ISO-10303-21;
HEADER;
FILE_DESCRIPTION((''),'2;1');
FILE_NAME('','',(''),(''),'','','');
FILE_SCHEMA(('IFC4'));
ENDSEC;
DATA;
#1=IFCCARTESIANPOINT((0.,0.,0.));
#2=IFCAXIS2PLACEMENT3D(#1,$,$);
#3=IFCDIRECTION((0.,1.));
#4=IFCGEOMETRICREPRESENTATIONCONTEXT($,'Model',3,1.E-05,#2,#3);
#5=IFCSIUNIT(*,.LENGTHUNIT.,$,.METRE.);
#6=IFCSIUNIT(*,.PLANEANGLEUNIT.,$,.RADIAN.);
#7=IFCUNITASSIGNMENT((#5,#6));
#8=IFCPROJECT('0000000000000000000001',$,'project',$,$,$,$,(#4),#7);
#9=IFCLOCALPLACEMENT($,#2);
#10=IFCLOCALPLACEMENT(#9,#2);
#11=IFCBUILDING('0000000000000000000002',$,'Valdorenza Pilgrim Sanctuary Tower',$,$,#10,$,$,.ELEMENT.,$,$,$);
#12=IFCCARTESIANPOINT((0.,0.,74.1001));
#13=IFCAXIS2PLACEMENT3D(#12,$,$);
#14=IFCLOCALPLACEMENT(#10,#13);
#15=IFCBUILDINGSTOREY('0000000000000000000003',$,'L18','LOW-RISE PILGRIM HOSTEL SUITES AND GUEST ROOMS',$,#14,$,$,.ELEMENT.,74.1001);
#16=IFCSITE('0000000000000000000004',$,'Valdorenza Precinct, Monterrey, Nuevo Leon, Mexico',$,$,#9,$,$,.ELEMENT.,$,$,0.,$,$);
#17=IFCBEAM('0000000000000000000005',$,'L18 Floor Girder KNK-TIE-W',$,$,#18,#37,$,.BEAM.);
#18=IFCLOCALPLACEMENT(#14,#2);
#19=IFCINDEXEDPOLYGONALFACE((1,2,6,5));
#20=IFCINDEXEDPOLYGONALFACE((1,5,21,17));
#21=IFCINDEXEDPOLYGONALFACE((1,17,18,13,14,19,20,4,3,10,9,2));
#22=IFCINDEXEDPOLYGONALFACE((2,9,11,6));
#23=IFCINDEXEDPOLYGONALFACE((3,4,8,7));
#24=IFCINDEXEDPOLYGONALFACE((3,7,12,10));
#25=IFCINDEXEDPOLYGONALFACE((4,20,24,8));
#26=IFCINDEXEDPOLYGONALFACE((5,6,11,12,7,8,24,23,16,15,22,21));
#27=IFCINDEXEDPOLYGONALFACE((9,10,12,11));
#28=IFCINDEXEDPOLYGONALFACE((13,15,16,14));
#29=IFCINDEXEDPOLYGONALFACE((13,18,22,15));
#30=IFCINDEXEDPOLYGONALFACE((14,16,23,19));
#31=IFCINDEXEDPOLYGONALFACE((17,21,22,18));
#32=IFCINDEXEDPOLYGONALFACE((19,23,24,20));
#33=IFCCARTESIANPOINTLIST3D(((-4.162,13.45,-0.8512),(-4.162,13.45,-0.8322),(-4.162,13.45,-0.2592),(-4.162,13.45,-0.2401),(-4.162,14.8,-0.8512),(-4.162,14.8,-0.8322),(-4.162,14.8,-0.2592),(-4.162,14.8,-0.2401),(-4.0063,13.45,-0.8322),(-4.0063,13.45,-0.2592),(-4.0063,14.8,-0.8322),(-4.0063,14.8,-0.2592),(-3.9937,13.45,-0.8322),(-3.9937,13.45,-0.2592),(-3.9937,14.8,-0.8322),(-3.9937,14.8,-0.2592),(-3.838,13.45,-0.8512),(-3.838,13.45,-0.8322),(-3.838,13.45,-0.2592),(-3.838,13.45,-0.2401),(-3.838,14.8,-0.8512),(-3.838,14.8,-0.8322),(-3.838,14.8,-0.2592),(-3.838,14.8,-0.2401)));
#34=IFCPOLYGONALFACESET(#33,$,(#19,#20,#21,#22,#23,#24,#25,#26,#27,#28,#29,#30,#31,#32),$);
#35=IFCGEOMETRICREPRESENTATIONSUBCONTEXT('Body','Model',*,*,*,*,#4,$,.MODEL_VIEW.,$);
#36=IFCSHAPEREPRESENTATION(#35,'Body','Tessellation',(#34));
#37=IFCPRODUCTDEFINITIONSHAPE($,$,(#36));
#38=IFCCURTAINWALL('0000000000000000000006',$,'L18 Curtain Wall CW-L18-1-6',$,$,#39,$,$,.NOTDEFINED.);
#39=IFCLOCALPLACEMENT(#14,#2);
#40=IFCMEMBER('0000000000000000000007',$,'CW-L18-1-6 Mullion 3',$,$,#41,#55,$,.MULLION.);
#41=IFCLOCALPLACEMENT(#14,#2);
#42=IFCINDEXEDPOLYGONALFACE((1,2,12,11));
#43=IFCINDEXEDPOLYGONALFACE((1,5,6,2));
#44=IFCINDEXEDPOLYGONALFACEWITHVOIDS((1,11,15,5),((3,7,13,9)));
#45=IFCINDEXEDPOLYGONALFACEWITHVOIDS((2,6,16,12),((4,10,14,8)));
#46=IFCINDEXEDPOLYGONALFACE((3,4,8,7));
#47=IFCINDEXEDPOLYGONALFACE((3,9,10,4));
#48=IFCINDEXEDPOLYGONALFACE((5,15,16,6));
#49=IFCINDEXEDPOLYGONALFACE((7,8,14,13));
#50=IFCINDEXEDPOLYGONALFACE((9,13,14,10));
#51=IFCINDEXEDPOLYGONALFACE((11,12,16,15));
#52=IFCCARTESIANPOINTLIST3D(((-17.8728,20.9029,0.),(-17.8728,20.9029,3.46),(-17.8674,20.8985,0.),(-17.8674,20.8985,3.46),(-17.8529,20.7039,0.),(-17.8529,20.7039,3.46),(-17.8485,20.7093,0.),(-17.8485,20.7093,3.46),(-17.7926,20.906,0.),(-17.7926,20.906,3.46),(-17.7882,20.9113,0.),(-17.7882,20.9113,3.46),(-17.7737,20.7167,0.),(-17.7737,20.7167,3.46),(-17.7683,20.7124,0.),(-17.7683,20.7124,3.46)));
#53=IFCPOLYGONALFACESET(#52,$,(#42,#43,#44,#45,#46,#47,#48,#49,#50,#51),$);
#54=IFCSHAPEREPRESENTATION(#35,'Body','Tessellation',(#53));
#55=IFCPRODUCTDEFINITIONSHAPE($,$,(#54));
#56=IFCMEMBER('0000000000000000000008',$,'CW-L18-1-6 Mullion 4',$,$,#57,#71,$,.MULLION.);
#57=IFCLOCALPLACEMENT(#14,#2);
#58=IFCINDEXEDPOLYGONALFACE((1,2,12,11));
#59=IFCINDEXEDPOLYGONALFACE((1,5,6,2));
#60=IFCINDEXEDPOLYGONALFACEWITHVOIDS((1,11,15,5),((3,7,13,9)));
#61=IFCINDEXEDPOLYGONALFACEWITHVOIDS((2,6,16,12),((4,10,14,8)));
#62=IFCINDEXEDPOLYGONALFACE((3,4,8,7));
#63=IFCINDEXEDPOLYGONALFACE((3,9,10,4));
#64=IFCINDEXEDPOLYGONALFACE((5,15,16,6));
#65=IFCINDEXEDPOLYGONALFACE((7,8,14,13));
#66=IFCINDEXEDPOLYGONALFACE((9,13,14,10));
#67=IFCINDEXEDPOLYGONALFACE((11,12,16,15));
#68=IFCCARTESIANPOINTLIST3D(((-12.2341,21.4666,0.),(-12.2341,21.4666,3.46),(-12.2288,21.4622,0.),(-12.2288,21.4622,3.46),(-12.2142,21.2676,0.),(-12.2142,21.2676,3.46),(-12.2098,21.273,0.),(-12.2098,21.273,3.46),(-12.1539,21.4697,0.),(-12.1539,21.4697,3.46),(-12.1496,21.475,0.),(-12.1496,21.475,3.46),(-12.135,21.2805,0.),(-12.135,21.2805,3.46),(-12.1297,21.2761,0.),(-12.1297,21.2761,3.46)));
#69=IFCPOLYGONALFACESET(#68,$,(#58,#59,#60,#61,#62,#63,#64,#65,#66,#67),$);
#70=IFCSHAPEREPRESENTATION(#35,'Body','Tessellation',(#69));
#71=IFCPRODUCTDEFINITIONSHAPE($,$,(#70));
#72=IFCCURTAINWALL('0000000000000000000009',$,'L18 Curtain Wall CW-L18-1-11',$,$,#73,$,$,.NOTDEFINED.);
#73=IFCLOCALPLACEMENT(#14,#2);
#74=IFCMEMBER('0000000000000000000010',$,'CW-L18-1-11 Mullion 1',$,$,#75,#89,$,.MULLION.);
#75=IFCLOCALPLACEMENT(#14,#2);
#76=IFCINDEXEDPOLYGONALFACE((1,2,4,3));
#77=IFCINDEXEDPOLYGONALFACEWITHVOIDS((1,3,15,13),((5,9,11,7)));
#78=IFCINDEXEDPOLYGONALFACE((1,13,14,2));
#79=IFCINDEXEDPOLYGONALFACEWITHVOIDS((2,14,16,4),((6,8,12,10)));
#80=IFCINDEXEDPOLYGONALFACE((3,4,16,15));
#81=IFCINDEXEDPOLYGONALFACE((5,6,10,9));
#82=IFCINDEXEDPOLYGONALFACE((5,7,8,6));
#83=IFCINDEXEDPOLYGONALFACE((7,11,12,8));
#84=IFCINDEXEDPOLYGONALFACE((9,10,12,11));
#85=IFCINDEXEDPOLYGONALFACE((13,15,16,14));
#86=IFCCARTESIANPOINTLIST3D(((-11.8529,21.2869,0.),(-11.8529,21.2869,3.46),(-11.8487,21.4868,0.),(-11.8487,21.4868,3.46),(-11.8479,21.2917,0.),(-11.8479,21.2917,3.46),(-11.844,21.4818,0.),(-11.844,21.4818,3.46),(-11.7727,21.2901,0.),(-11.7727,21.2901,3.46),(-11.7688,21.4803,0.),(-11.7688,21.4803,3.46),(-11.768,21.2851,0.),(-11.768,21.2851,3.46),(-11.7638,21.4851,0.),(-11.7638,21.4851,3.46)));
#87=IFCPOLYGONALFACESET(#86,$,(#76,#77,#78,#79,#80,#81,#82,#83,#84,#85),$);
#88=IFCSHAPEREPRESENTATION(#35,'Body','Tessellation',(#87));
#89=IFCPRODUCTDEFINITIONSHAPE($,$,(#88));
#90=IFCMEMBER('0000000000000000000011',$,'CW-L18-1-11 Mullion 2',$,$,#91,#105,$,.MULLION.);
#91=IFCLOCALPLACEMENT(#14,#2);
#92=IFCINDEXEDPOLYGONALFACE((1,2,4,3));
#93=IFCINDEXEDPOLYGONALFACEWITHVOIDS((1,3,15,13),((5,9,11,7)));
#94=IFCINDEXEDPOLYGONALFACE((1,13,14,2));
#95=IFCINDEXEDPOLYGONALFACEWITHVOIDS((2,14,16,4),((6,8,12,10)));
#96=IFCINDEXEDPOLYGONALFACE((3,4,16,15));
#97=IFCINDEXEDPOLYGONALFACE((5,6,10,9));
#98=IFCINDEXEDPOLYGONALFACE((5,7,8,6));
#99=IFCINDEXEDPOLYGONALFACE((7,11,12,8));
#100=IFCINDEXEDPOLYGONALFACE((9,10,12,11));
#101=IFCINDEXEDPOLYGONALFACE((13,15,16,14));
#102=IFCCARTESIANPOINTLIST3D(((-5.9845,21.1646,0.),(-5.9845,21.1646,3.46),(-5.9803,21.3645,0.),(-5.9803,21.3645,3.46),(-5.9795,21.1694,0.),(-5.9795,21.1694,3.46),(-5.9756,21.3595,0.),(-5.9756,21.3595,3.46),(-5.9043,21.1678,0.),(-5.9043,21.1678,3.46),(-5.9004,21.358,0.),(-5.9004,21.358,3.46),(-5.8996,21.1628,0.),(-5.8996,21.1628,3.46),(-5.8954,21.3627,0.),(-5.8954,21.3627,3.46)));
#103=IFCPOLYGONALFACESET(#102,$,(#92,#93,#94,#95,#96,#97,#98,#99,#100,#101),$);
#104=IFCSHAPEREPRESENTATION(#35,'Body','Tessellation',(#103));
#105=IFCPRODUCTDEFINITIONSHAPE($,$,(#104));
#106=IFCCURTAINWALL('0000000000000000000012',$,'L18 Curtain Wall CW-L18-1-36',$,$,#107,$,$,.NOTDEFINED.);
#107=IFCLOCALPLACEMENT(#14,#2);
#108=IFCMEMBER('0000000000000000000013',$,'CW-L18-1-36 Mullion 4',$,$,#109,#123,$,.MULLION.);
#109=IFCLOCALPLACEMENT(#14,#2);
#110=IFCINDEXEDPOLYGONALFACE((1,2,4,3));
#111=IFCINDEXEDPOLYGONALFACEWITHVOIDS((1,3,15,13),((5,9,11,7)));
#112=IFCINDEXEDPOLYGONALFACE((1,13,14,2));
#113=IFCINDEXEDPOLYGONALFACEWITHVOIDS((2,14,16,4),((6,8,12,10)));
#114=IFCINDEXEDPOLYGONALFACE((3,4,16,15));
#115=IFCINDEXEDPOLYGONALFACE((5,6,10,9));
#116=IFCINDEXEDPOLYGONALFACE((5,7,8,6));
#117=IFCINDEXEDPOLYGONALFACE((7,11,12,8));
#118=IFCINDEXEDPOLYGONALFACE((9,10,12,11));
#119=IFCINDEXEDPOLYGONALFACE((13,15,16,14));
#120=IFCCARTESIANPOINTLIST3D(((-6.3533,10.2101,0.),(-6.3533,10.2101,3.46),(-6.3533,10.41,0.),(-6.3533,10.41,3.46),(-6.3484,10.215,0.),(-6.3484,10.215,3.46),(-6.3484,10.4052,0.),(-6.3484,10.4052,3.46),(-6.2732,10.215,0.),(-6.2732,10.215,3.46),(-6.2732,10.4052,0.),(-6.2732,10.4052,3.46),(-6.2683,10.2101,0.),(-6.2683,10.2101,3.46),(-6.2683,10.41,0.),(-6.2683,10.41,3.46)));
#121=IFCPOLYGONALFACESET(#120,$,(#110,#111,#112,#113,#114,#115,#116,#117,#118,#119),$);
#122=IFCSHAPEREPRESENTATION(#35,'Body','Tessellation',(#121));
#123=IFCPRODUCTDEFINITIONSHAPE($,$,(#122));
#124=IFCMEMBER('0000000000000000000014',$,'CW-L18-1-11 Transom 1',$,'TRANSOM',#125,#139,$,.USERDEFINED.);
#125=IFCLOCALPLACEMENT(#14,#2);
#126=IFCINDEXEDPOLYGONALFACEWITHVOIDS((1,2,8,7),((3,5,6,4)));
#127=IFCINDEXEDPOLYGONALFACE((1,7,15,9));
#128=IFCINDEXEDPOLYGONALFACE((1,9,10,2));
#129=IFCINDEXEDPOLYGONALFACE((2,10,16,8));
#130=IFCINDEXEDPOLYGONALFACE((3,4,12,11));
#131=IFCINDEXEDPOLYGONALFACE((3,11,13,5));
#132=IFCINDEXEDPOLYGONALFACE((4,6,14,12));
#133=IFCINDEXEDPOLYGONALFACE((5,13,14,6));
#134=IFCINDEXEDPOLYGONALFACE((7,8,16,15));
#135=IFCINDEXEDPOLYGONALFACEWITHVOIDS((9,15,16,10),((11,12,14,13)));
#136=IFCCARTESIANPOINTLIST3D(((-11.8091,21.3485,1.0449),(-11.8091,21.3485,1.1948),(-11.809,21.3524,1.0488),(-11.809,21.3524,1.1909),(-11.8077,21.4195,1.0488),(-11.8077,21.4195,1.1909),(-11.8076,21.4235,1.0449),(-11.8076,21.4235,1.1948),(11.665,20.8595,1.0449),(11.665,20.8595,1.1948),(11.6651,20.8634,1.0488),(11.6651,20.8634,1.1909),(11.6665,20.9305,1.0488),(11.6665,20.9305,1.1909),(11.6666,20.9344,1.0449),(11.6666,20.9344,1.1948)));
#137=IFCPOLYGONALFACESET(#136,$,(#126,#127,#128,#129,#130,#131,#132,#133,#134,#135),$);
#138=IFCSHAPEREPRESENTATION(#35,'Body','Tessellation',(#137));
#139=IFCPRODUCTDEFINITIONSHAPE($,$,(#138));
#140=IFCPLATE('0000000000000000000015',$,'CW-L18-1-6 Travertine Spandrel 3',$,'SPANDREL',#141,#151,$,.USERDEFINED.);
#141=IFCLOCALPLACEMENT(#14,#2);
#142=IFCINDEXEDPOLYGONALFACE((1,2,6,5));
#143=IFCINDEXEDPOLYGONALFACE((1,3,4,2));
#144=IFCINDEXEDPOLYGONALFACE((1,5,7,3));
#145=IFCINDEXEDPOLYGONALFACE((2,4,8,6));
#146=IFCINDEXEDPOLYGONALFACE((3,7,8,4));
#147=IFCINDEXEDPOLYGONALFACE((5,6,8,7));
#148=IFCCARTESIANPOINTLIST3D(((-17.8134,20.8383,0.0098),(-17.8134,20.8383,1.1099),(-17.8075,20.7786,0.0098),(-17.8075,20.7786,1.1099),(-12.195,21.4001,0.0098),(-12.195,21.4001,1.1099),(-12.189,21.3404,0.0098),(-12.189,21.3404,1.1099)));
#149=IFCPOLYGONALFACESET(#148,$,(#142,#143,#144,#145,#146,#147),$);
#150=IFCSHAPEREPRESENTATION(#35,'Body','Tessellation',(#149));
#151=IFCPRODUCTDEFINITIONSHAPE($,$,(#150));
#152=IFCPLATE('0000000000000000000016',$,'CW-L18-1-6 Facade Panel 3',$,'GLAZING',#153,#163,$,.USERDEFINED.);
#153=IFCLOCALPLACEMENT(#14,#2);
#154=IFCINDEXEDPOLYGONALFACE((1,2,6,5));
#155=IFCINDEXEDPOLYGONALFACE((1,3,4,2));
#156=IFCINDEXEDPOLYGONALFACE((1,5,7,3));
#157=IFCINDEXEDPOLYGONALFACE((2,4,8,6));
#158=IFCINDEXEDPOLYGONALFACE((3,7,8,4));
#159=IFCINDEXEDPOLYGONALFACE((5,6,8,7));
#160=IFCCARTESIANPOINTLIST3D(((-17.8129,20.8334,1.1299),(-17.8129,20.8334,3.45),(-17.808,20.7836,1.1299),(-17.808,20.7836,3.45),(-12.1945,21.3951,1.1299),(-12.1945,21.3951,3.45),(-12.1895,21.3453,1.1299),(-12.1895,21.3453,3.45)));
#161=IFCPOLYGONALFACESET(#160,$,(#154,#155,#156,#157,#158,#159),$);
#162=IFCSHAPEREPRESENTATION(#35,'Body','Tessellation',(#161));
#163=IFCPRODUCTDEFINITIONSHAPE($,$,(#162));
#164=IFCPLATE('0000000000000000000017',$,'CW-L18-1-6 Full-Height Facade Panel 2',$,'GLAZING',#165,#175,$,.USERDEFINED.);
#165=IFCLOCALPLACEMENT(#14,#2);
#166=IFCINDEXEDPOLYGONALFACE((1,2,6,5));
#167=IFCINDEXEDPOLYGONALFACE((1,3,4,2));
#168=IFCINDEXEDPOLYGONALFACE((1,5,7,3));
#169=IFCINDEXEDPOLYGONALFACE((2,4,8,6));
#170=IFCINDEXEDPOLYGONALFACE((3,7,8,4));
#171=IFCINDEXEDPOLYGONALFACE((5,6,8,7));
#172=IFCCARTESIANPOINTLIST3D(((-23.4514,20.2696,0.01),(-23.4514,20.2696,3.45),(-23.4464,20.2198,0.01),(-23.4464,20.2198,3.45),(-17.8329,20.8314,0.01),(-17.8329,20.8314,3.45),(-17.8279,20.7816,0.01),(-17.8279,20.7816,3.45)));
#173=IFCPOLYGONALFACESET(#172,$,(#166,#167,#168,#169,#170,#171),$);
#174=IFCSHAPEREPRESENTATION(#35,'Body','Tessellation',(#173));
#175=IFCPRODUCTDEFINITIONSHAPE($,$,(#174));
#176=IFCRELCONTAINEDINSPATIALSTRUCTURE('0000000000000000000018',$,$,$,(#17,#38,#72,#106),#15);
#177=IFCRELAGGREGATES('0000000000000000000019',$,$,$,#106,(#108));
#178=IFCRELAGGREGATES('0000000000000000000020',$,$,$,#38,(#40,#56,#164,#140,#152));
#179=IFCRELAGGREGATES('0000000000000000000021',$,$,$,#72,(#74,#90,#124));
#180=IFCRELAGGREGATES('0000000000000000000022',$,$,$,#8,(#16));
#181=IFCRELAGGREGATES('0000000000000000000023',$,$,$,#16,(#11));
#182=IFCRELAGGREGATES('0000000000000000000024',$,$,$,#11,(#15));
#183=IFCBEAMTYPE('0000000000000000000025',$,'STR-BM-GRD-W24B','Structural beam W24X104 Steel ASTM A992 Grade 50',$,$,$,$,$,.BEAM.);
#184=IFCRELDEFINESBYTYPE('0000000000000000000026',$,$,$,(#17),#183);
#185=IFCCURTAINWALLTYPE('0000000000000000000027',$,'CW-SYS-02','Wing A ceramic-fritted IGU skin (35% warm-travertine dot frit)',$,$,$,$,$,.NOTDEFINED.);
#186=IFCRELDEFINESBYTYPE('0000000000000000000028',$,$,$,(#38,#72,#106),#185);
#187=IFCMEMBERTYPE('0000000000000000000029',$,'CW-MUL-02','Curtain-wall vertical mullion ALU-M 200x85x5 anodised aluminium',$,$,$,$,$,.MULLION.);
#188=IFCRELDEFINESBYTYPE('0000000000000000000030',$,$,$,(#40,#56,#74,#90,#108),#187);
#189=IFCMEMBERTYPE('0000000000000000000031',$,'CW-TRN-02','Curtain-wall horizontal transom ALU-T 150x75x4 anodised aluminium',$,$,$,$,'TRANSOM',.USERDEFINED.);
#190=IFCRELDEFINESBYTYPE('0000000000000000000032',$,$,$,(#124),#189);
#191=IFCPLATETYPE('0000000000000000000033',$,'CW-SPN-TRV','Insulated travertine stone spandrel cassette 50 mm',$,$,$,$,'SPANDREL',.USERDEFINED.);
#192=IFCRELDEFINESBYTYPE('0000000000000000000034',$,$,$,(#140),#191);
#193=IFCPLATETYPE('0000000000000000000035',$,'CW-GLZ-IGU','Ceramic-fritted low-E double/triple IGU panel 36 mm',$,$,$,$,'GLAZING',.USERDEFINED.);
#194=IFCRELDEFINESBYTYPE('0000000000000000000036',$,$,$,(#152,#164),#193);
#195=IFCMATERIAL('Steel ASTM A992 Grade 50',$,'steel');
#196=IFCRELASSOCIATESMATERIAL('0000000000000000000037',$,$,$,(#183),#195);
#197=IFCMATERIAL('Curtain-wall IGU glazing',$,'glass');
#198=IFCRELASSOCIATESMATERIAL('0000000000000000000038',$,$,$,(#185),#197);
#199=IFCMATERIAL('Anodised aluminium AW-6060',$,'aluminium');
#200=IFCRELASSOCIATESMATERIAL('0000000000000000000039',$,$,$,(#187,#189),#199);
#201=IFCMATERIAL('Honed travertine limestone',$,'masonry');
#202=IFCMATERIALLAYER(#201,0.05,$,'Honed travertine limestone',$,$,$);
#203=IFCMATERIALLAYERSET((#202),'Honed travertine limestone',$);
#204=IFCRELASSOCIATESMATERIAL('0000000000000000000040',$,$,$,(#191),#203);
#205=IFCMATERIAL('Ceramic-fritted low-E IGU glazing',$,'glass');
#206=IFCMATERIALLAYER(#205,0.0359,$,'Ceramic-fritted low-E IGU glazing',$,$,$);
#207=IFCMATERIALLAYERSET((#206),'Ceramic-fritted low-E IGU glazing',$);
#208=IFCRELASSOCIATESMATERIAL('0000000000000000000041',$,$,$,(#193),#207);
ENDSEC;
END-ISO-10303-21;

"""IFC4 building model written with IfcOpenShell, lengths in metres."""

from ifc_helpers import new_model, si_unit, direction, frame, origin, origin_2d, place, context, subcontext, project, spatial, rectangle, hollow_rectangle, i_section, extrude, source, transform, mapped, material, layer, layer_set, material_profile, profile_set, type_object, element, aggregate, save


model = new_model("IFC4")

# Units and contexts
model_context = context("Model", 3, precision=1e-05, world=origin(), true_north=direction((0.0, 1.0)))
body_context = subcontext(model_context, "Body", "Model", "MODEL_VIEW")
ifc_project = project(units=[si_unit("LENGTHUNIT", "METRE"), si_unit("PLANEANGLEUNIT", "RADIAN")], contexts=[model_context])

# Site, building, storey
site_placement = place(None, origin())
site = spatial("IfcSite", under=ifc_project, at=site_placement, Name="Valdorenza Precinct, Monterrey, Nuevo Leon, Mexico", CompositionType="ELEMENT", RefElevation=0.0)
building_placement = place(site_placement, origin())
building = spatial("IfcBuilding", under=site, at=building_placement, Name="Valdorenza Pilgrim Sanctuary Tower", CompositionType="ELEMENT")
storey_placement = place(building_placement, frame((0.0, 0.0, 74.1001)))
storey = spatial("IfcBuildingStorey", under=building, at=storey_placement, Name="L18", Description="LOW-RISE PILGRIM HOSTEL SUITES AND GUEST ROOMS", CompositionType="ELEMENT", Elevation=74.1001)

# Shared definitions
ifc_material_1 = material(Name="Steel ASTM A992 Grade 50", Category="steel")

# Beam
ifc_material_profile_1 = material_profile(ifc_material_1, i_section(OverallWidth=0.324, OverallDepth=0.6111, WebThickness=0.0127, FlangeThickness=0.019, at=origin_2d()), Name="W24X104")
ifc_profile_set_1 = profile_set([ifc_material_profile_1], Name="Steel ASTM A992 Grade 50")
beam_type_1 = type_object("IfcBeamType", Name="STR-BM-GRD-W24B", Description="Structural beam W24X104 Steel ASTM A992 Grade 50", PredefinedType="BEAM", material=ifc_profile_set_1)
shared_shape_1 = source(origin(), body_context, "Body", "SweptSolid", [
    extrude(i_section(OverallWidth=0.324, OverallDepth=0.6111, WebThickness=0.0127, FlangeThickness=0.019, at=origin_2d()), origin(), (0.0, 0.0, 1.0), 1.3501),
])
beam_1_placement = place(storey_placement, frame((-4.0, 13.45, -0.5457), z_axis=(0.0, 1.0, 0.0), x_axis=(-1.0, 0.0, 0.0)))
element("IfcBeam", 1, at=beam_1_placement, inside=storey, type_object=beam_type_1, Name="L18 Floor Girder KNK-TIE-W", PredefinedType="BEAM", context=body_context, shape_type="MappedRepresentation", body=[
    mapped(shared_shape_1, transform((0.0, 0.0, 0.0), x_axis=(1.0, 0.0, 0.0), y_axis=(0.0, 1.0, 0.0), z_axis=(0.0, 0.0, 1.0), scale=1.0)),
])

# Curtain walls, members
ifc_material_2 = material(Name="Curtain-wall IGU glazing", Category="glass")
curtain_wall_type = type_object("IfcCurtainWallType", Name="CW-SYS-02", Description="Wing A ceramic-fritted IGU skin (35% warm-travertine dot frit)", PredefinedType="NOTDEFINED", material=ifc_material_2)
curtain_wall_1_placement = place(storey_placement, origin())
curtain_wall_1 = element("IfcCurtainWall", 2, at=curtain_wall_1_placement, inside=storey, type_object=curtain_wall_type, Name="L18 Curtain Wall CW-L18-1-6", PredefinedType="NOTDEFINED")
ifc_material_3 = material(Name="Anodised aluminium AW-6060", Category="aluminium")
ifc_material_profile_2 = material_profile(ifc_material_3, hollow_rectangle(XDim=0.085, YDim=0.2, WallThickness=0.0049, at=origin_2d()), Name="ALU-M 200x85x5")
ifc_profile_set_2 = profile_set([ifc_material_profile_2], Name="Anodised aluminium AW-6060")
member_type_1 = type_object("IfcMemberType", Name="CW-MUL-02", Description="Curtain-wall vertical mullion ALU-M 200x85x5 anodised aluminium", PredefinedType="MULLION", material=ifc_profile_set_2)
shared_shape_2 = source(origin(), body_context, "Body", "SweptSolid", [
    extrude(hollow_rectangle(XDim=0.085, YDim=0.2, WallThickness=0.0049, at=origin_2d()), origin(), (0.0, 0.0, 1.0), 3.46),
])
member_1_placement = place(storey_placement, frame((-17.8206, 20.8076, 0.0), z_axis=(0.0, 0.0, 1.0), x_axis=(0.995038, 0.099493, 0.0)))
member_1 = element("IfcMember", 3, at=member_1_placement, type_object=member_type_1, Name="CW-L18-1-6 Mullion 3", PredefinedType="MULLION", context=body_context, shape_type="MappedRepresentation", body=[
    mapped(shared_shape_2, transform((0.0, 0.0, 0.0), x_axis=(1.0, 0.0, 0.0), y_axis=(0.0, 1.0, 0.0), z_axis=(0.0, 0.0, 1.0), scale=1.0)),
])
member_2_placement = place(storey_placement, frame((-12.1819, 21.3713, 0.0), z_axis=(0.0, 0.0, 1.0), x_axis=(0.995038, 0.099493, 0.0)))
member_2 = element("IfcMember", 4, at=member_2_placement, type_object=member_type_1, Name="CW-L18-1-6 Mullion 4", PredefinedType="MULLION", context=body_context, shape_type="MappedRepresentation", body=[
    mapped(shared_shape_2, transform((0.0, 0.0, 0.0), x_axis=(1.0, 0.0, 0.0), y_axis=(0.0, 1.0, 0.0), z_axis=(0.0, 0.0, 1.0), scale=1.0)),
])
curtain_wall_2_placement = place(storey_placement, origin())
curtain_wall_2 = element("IfcCurtainWall", 5, at=curtain_wall_2_placement, inside=storey, type_object=curtain_wall_type, Name="L18 Curtain Wall CW-L18-1-11", PredefinedType="NOTDEFINED")
member_3_placement = place(storey_placement, frame((-11.8083, 21.386, 0.0), z_axis=(0.0, 0.0, 1.0), x_axis=(0.999783, -0.02082, 0.0)))
member_3 = element("IfcMember", 6, at=member_3_placement, type_object=member_type_1, Name="CW-L18-1-11 Mullion 1", PredefinedType="MULLION", context=body_context, shape_type="MappedRepresentation", body=[
    mapped(shared_shape_2, transform((0.0, 0.0, 0.0), x_axis=(1.0, 0.0, 0.0), y_axis=(0.0, 1.0, 0.0), z_axis=(0.0, 0.0, 1.0), scale=1.0)),
])
member_4_placement = place(storey_placement, frame((-5.9399, 21.2637, 0.0), z_axis=(0.0, 0.0, 1.0), x_axis=(0.999783, -0.02082, 0.0)))
member_4 = element("IfcMember", 7, at=member_4_placement, type_object=member_type_1, Name="CW-L18-1-11 Mullion 2", PredefinedType="MULLION", context=body_context, shape_type="MappedRepresentation", body=[
    mapped(shared_shape_2, transform((0.0, 0.0, 0.0), x_axis=(1.0, 0.0, 0.0), y_axis=(0.0, 1.0, 0.0), z_axis=(0.0, 0.0, 1.0), scale=1.0)),
])

# Curtain wall, member
curtain_wall_3_placement = place(storey_placement, origin())
curtain_wall_3 = element("IfcCurtainWall", 8, at=curtain_wall_3_placement, inside=storey, type_object=curtain_wall_type, Name="L18 Curtain Wall CW-L18-1-36", PredefinedType="NOTDEFINED")
member_5_placement = place(storey_placement, frame((-6.3108, 10.3101, 0.0), z_axis=(0.0, 0.0, 1.0), x_axis=(-1.0, 0.0, 0.0)))
member_5 = element("IfcMember", 9, at=member_5_placement, type_object=member_type_1, Name="CW-L18-1-36 Mullion 4", PredefinedType="MULLION", context=body_context, shape_type="MappedRepresentation", body=[
    mapped(shared_shape_2, transform((0.0, 0.0, 0.0), x_axis=(1.0, 0.0, 0.0), y_axis=(0.0, 1.0, 0.0), z_axis=(0.0, 0.0, 1.0), scale=1.0)),
])
aggregate(curtain_wall_3, [member_5])

# Member
ifc_material_profile_3 = material_profile(ifc_material_3, hollow_rectangle(XDim=0.075, YDim=0.1499, WallThickness=0.0039, at=origin_2d()), Name="ALU-T 150x75x4")
ifc_profile_set_3 = profile_set([ifc_material_profile_3], Name="Anodised aluminium AW-6060")
member_type_2 = type_object("IfcMemberType", Name="CW-TRN-02", Description="Curtain-wall horizontal transom ALU-T 150x75x4 anodised aluminium", ElementType="TRANSOM", PredefinedType="USERDEFINED", material=ifc_profile_set_3)
shared_shape_3 = source(origin(), body_context, "Body", "SweptSolid", [
    extrude(hollow_rectangle(XDim=0.075, YDim=0.1499, WallThickness=0.0039, at=origin_2d()), origin(), (0.0, 0.0, 1.0), 23.4792),
])
member_6_placement = place(storey_placement, frame((-11.8083, 21.386, 1.1199), z_axis=(0.999783, -0.020828, 0.0), x_axis=(0.020828, 0.999783, 0.0)))
member_6 = element("IfcMember", 10, at=member_6_placement, type_object=member_type_2, Name="CW-L18-1-11 Transom 1", ObjectType="TRANSOM", PredefinedType="USERDEFINED", context=body_context, shape_type="MappedRepresentation", body=[
    mapped(shared_shape_3, transform((0.0, 0.0, 0.0), x_axis=(1.0, 0.0, 0.0), y_axis=(0.0, 1.0, 0.0), z_axis=(0.0, 0.0, 1.0), scale=1.0)),
])

# Plates
ifc_material_4 = material(Name="Honed travertine limestone", Category="masonry")
ifc_layer_1 = layer(ifc_material_4, 0.05, Name="Honed travertine limestone")
ifc_layer_set_1 = layer_set([ifc_layer_1], Name="Honed travertine limestone")
plate_type_1 = type_object("IfcPlateType", Name="CW-SPN-TRV", Description="Insulated travertine stone spandrel cassette 50 mm", ElementType="SPANDREL", PredefinedType="USERDEFINED", material=ifc_layer_set_1)
shared_shape_4 = source(origin(), body_context, "Body", "SweptSolid", [
    extrude(rectangle(XDim=5.6465, YDim=0.0601, at=origin_2d()), origin(), (0.0, 0.0, 1.0), 1.1001),
])
plate_1_placement = place(storey_placement, frame((-15.0012, 21.0894, 0.0098), z_axis=(0.0, 0.0, 1.0), x_axis=(0.995038, 0.099493, 0.0)))
plate_1 = element("IfcPlate", 11, at=plate_1_placement, type_object=plate_type_1, Name="CW-L18-1-6 Travertine Spandrel 3", ObjectType="SPANDREL", PredefinedType="USERDEFINED", context=body_context, shape_type="MappedRepresentation", body=[
    mapped(shared_shape_4, transform((0.0, 0.0, 0.0), x_axis=(1.0, 0.0, 0.0), y_axis=(0.0, 1.0, 0.0), z_axis=(0.0, 0.0, 1.0), scale=1.0)),
])
ifc_material_5 = material(Name="Ceramic-fritted low-E IGU glazing", Category="glass")
ifc_layer_2 = layer(ifc_material_5, 0.0359, Name="Ceramic-fritted low-E IGU glazing")
ifc_layer_set_2 = layer_set([ifc_layer_2], Name="Ceramic-fritted low-E IGU glazing")
plate_type_2 = type_object("IfcPlateType", Name="CW-GLZ-IGU", Description="Ceramic-fritted low-E double/triple IGU panel 36 mm", ElementType="GLAZING", PredefinedType="USERDEFINED", material=ifc_layer_set_2)
shared_shape_5 = source(origin(), body_context, "Body", "SweptSolid", [
    extrude(rectangle(XDim=5.6465, YDim=0.05, at=origin_2d()), origin(), (0.0, 0.0, 1.0), 2.3201),
])
plate_2_placement = place(storey_placement, frame((-15.0012, 21.0894, 1.1299), z_axis=(0.0, 0.0, 1.0), x_axis=(0.995038, 0.099493, 0.0)))
plate_2 = element("IfcPlate", 12, at=plate_2_placement, type_object=plate_type_2, Name="CW-L18-1-6 Facade Panel 3", ObjectType="GLAZING", PredefinedType="USERDEFINED", context=body_context, shape_type="MappedRepresentation", body=[
    mapped(shared_shape_5, transform((0.0, 0.0, 0.0), x_axis=(1.0, 0.0, 0.0), y_axis=(0.0, 1.0, 0.0), z_axis=(0.0, 0.0, 1.0), scale=1.0)),
])
shared_shape_6 = source(origin(), body_context, "Body", "SweptSolid", [
    extrude(rectangle(XDim=5.6465, YDim=0.05, at=origin_2d()), origin(), (0.0, 0.0, 1.0), 3.4399),
])
plate_3_placement = place(storey_placement, frame((-20.6396, 20.5256, 0.01), z_axis=(0.0, 0.0, 1.0), x_axis=(0.995038, 0.099493, 0.0)))
plate_3 = element("IfcPlate", 13, at=plate_3_placement, type_object=plate_type_2, Name="CW-L18-1-6 Full-Height Facade Panel 2", ObjectType="GLAZING", PredefinedType="USERDEFINED", context=body_context, shape_type="MappedRepresentation", body=[
    mapped(shared_shape_6, transform((0.0, 0.0, 0.0), x_axis=(1.0, 0.0, 0.0), y_axis=(0.0, 1.0, 0.0), z_axis=(0.0, 0.0, 1.0), scale=1.0)),
])
aggregate(curtain_wall_1, [member_1, member_2, plate_3, plate_1, plate_2])
aggregate(curtain_wall_2, [member_3, member_4, member_6])

save(model, "model.ifc")
